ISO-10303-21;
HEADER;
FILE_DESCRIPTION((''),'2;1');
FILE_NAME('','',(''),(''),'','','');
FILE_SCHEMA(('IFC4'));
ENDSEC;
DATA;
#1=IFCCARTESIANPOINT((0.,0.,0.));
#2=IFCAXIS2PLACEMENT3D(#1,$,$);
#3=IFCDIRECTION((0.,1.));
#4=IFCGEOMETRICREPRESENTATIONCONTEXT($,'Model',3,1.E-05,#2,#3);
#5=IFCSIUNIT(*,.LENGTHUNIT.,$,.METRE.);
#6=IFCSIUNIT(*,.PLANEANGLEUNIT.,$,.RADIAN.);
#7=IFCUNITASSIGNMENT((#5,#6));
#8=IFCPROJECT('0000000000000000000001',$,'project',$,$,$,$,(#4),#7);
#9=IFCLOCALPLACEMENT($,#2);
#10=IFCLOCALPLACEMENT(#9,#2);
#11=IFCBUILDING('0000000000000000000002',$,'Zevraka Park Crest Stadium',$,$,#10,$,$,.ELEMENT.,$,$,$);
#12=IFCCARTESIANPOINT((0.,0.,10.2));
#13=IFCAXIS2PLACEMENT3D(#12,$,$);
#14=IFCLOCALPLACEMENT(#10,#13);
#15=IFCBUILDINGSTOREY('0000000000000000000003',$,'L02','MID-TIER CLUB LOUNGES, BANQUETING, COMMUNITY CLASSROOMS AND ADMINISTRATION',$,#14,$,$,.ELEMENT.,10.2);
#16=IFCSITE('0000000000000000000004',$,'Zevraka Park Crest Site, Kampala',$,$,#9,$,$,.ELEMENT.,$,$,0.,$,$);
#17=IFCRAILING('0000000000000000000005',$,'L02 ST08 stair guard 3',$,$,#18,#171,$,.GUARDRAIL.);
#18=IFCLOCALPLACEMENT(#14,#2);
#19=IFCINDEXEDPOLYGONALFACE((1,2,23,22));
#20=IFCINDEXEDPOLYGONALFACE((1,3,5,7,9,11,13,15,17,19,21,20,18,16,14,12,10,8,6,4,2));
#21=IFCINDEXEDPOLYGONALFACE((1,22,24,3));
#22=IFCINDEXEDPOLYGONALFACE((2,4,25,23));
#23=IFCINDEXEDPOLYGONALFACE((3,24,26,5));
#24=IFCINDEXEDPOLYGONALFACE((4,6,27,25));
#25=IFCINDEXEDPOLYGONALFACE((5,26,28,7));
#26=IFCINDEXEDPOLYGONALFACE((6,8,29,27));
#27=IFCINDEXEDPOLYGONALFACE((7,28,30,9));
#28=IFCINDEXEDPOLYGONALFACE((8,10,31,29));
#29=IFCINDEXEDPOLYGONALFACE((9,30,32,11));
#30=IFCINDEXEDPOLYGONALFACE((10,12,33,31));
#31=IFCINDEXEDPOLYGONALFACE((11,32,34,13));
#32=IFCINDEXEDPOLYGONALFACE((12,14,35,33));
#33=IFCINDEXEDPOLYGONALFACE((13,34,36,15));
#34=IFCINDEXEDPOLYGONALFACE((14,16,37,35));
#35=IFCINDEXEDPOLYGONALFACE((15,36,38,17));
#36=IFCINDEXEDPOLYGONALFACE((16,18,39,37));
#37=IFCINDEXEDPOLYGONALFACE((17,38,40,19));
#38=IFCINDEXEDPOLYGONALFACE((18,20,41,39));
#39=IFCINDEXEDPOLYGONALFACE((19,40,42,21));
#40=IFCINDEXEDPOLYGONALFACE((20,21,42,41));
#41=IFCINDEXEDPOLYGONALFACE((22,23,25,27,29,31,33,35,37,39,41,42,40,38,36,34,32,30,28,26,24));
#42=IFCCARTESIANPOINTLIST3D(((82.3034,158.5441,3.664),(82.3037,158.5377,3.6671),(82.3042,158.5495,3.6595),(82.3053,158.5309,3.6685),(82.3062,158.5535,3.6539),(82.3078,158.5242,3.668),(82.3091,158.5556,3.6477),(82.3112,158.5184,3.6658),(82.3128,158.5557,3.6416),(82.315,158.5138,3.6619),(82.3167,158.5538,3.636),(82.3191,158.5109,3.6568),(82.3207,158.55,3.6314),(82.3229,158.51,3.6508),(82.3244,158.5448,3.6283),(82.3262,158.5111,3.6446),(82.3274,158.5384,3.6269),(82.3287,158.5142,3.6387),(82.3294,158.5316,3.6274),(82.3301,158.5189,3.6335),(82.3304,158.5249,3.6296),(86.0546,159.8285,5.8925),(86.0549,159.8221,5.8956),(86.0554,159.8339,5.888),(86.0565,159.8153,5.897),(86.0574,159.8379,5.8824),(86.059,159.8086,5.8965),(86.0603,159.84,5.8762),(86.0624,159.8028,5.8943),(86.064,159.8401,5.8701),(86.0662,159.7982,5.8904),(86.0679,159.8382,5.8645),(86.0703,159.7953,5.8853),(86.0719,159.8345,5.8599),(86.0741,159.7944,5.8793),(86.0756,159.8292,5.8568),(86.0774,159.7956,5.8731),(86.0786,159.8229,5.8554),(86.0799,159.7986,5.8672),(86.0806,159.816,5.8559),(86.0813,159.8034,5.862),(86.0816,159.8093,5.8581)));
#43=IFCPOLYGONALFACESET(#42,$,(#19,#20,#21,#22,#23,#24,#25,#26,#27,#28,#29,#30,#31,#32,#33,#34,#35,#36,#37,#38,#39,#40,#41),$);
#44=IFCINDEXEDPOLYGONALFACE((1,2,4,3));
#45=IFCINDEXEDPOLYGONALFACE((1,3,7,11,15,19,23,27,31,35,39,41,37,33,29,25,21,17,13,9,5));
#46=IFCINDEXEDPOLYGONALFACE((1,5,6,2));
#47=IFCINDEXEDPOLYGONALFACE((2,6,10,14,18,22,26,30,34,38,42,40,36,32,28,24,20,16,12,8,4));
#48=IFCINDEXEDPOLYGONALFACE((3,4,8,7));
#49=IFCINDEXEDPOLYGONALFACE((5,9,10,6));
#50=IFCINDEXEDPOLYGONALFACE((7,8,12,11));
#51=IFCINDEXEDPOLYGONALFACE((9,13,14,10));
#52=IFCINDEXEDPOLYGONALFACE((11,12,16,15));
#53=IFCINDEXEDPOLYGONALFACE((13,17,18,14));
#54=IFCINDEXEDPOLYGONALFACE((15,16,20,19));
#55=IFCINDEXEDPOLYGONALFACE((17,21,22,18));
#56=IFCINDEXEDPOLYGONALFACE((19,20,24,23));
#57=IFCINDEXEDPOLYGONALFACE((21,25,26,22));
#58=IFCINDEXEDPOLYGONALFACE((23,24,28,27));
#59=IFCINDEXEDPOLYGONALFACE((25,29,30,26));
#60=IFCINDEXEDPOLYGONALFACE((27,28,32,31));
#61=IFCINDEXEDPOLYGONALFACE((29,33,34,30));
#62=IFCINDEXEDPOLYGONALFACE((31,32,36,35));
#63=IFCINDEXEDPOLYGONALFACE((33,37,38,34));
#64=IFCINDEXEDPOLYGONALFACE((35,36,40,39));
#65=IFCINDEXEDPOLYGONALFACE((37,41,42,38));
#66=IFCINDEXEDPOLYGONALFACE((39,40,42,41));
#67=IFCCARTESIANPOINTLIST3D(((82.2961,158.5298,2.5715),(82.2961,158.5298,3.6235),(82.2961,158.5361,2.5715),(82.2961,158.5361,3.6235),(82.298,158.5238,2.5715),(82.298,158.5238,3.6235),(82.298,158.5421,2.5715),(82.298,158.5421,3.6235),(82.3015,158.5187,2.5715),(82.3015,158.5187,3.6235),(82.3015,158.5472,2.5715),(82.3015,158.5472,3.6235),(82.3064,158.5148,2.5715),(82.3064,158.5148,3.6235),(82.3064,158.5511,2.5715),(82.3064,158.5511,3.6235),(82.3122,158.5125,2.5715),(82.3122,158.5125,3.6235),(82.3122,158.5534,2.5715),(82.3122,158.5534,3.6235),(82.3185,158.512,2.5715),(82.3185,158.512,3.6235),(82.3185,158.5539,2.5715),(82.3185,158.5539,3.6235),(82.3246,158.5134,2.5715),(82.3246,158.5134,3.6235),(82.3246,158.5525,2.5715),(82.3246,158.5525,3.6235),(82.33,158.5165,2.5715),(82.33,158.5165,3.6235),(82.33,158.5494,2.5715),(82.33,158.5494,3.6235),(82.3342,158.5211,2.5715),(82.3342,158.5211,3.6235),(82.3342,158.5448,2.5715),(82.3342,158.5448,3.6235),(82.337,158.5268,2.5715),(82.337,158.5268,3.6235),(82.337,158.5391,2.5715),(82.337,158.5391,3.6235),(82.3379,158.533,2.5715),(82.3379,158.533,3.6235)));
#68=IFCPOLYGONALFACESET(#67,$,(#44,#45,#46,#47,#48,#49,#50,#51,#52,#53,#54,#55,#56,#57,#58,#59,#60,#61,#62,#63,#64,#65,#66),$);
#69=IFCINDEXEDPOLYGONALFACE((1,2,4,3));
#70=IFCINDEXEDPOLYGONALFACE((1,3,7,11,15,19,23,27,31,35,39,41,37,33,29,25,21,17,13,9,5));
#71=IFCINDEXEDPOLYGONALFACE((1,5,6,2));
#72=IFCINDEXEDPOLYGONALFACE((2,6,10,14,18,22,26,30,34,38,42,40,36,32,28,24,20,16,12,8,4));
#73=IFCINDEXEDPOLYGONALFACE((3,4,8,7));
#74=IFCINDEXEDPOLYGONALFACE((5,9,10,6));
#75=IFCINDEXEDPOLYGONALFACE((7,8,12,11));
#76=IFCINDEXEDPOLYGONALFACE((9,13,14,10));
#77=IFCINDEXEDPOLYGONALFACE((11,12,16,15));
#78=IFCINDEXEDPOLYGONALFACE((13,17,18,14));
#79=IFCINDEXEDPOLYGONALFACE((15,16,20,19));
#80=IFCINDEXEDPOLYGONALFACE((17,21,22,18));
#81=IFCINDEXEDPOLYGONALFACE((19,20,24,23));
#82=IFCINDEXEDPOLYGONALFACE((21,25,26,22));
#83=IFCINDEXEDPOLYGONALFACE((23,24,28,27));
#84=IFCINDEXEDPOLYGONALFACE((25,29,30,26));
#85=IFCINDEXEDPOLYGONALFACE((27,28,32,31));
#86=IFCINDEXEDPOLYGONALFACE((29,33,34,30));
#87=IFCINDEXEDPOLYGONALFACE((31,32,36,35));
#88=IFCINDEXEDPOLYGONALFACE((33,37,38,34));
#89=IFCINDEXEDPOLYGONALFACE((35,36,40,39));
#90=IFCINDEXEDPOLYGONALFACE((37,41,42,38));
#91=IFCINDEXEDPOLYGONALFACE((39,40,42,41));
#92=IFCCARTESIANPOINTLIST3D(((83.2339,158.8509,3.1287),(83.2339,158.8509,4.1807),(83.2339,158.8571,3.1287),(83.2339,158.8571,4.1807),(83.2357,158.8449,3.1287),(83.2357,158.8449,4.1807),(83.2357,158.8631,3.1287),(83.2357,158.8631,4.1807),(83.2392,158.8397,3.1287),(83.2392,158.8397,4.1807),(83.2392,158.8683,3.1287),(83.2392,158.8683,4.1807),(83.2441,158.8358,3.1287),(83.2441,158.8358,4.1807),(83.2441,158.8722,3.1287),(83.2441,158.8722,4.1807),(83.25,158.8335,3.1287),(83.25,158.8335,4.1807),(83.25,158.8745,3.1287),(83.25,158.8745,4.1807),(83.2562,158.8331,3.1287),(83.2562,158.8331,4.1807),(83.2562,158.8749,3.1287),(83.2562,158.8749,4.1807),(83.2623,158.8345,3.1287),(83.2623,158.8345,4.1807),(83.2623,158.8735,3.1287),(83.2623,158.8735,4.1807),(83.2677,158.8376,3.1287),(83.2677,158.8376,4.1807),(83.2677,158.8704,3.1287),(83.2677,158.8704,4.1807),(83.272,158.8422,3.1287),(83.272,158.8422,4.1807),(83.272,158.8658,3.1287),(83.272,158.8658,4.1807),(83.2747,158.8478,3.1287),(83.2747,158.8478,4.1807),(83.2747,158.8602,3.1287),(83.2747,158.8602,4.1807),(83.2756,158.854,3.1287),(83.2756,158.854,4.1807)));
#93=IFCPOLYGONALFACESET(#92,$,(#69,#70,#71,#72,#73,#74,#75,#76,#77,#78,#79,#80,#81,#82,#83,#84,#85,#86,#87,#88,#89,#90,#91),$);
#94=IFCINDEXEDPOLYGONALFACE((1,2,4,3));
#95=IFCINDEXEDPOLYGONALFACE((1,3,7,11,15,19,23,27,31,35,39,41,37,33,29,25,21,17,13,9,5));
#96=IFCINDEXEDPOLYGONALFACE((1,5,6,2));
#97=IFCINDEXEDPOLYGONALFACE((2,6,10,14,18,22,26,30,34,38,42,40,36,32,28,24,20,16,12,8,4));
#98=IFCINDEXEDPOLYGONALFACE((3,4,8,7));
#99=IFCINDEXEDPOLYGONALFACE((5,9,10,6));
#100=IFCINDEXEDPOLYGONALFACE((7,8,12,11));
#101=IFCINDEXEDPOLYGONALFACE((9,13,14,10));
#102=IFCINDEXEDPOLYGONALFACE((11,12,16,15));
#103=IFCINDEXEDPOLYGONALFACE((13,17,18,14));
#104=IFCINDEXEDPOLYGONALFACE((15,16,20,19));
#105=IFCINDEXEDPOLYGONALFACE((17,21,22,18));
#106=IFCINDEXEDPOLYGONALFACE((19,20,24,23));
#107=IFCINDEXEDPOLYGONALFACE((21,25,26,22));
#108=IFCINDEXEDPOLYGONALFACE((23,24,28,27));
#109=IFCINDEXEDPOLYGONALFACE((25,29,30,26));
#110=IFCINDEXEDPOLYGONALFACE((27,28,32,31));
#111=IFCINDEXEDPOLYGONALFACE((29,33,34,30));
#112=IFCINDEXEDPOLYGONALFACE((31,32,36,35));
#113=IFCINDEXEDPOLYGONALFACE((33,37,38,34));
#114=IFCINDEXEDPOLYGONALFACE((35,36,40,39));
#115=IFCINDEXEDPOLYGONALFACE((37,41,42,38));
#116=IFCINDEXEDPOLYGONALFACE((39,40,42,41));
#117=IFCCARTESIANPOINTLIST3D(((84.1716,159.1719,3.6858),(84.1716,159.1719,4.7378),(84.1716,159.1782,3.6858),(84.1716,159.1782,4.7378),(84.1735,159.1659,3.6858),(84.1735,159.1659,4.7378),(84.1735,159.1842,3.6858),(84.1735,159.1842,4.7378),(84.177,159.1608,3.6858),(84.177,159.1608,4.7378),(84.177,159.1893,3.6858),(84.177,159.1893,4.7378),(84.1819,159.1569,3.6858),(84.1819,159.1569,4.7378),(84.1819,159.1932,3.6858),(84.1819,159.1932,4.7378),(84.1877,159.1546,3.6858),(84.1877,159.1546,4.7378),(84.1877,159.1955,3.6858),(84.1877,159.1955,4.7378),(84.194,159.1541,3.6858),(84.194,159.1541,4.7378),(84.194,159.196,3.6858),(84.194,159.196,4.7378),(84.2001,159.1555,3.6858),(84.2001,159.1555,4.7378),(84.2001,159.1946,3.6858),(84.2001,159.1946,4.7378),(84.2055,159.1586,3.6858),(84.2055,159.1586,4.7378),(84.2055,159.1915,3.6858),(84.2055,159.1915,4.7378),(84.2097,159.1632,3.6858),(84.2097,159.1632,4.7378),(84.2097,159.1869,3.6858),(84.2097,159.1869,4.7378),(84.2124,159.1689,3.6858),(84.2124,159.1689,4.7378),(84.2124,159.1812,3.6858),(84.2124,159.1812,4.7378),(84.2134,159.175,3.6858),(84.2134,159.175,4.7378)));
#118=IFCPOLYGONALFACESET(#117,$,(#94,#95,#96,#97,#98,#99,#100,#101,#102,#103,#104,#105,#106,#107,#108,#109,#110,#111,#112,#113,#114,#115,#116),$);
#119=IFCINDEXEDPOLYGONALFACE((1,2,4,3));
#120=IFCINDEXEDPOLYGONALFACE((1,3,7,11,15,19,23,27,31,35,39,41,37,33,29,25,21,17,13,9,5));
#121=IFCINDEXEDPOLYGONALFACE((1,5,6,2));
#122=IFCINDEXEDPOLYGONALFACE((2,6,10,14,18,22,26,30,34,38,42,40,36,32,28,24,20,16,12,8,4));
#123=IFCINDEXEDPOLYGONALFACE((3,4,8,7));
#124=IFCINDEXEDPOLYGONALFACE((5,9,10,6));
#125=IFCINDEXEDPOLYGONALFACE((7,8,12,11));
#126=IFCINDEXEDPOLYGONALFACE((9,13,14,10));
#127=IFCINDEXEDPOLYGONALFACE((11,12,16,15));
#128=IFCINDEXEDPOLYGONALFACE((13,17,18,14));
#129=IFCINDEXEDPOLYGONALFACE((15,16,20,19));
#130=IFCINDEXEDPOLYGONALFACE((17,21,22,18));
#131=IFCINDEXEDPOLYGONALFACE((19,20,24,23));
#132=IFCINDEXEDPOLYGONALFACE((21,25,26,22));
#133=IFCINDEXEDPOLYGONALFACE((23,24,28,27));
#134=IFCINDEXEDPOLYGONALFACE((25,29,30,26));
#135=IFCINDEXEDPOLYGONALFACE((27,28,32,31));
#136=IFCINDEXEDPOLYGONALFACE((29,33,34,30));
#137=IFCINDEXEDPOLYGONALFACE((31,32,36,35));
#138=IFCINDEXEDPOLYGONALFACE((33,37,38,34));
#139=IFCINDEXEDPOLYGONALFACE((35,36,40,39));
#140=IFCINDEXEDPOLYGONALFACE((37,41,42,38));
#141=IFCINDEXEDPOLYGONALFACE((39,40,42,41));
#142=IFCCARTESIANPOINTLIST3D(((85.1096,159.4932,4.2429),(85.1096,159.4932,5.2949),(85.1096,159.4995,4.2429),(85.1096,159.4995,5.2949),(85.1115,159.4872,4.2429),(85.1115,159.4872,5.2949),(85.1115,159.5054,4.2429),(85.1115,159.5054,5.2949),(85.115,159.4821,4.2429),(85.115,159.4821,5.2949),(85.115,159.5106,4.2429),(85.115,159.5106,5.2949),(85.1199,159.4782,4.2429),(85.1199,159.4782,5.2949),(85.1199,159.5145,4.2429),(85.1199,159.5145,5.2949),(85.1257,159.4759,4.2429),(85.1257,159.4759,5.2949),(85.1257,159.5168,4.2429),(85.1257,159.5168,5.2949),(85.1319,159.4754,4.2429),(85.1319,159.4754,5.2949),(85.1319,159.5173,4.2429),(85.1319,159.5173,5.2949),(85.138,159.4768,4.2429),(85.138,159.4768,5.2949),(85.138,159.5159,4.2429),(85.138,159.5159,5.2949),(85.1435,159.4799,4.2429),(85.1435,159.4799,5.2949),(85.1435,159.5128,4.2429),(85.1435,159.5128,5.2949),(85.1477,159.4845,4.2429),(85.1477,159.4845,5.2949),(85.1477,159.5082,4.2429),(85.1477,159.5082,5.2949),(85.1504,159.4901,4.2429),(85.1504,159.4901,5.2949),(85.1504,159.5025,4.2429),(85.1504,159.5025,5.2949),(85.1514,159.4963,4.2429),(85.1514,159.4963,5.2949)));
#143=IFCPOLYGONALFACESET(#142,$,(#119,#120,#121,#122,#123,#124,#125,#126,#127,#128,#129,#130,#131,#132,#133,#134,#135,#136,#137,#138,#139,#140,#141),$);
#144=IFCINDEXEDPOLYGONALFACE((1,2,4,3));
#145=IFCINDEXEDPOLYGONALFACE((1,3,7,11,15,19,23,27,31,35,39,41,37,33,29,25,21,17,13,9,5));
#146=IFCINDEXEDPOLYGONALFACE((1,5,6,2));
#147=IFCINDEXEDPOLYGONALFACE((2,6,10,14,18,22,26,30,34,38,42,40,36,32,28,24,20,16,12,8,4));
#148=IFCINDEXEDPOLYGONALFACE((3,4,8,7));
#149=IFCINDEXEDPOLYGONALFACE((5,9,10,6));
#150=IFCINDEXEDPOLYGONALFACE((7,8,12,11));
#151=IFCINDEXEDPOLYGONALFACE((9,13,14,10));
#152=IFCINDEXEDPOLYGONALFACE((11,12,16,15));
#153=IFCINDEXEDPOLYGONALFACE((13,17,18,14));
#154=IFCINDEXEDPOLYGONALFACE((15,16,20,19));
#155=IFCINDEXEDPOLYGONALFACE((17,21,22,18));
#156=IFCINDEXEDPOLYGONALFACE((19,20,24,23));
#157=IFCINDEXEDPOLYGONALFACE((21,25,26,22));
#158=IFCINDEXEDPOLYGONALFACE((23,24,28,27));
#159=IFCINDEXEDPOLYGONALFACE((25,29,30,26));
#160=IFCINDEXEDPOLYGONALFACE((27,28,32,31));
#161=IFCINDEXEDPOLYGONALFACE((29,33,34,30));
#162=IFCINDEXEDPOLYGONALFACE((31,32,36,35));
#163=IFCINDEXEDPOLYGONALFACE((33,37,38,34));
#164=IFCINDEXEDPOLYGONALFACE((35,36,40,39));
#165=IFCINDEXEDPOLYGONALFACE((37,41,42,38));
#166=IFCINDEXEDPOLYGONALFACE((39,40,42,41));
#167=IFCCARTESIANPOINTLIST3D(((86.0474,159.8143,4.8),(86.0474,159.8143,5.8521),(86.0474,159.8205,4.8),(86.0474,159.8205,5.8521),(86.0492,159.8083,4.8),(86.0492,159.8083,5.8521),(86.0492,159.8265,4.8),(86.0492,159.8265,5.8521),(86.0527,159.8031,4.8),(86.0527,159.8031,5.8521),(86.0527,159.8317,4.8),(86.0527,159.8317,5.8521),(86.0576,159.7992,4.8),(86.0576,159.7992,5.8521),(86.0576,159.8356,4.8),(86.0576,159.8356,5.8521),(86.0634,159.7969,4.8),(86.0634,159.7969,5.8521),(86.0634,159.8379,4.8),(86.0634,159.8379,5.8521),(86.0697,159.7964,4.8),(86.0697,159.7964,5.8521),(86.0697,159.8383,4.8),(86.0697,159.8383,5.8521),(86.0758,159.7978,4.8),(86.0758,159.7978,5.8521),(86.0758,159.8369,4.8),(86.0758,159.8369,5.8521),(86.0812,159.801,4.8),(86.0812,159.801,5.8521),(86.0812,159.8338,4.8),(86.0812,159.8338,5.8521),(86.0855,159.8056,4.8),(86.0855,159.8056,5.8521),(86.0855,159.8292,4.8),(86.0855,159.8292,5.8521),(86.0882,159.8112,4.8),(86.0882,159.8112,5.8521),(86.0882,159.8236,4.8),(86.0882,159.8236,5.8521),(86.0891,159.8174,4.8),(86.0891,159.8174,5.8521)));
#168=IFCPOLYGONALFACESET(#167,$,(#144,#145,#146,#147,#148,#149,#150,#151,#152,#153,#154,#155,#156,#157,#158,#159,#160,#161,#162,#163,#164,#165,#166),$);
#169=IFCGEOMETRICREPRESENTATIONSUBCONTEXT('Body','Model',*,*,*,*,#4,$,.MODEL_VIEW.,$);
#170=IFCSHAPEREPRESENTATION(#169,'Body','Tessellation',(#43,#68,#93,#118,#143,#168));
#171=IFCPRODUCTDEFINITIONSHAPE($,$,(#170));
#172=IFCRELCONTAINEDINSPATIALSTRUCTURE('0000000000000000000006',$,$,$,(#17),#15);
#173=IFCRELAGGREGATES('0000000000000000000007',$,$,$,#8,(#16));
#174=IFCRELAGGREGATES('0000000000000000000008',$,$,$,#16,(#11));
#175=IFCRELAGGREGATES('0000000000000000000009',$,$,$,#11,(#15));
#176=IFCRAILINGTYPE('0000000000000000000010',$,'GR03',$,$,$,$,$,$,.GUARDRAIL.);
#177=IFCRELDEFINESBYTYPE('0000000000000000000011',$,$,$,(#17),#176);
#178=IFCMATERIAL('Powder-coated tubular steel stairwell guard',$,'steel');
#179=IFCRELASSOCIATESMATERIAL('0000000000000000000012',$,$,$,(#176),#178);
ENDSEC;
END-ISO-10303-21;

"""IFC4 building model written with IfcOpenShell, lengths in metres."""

from ifc_helpers import new_model, si_unit, direction, frame, origin, origin_2d, place, context, subcontext, project, spatial, circle, extrude, material, type_object, element, save


model = new_model("IFC4")

# Units and contexts
model_context = context("Model", 3, precision=1e-05, world=origin(), true_north=direction((0.0, 1.0)))
body_context = subcontext(model_context, "Body", "Model", "MODEL_VIEW")
ifc_project = project(units=[si_unit("LENGTHUNIT", "METRE"), si_unit("PLANEANGLEUNIT", "RADIAN")], contexts=[model_context])

# Site, building, storey
site_placement = place(None, origin())
site = spatial("IfcSite", under=ifc_project, at=site_placement, Name="Zevraka Park Crest Site, Kampala", CompositionType="ELEMENT", RefElevation=0.0)
building_placement = place(site_placement, origin())
building = spatial("IfcBuilding", under=site, at=building_placement, Name="Zevraka Park Crest Stadium", CompositionType="ELEMENT")
storey_placement = place(building_placement, frame((0.0, 0.0, 10.2)))
storey = spatial("IfcBuildingStorey", under=building, at=storey_placement, Name="L02", Description="MID-TIER CLUB LOUNGES, BANQUETING, COMMUNITY CLASSROOMS AND ADMINISTRATION", CompositionType="ELEMENT", Elevation=10.2)

# Railing
ifc_material_1 = material(Name="Powder-coated tubular steel stairwell guard", Category="steel")
railing_type_1 = type_object("IfcRailingType", Name="GR03", PredefinedType="GUARDRAIL", material=ifc_material_1)
railing_1_placement = place(storey_placement, frame((82.3169, 158.533, 2.5715)))
element("IfcRailing", 1, at=railing_1_placement, inside=storey, type_object=railing_type_1, Name="L02 ST08 stair guard 3", PredefinedType="GUARDRAIL", context=body_context, shape_type="SweptSolid", body=[
    extrude(circle(Radius=0.0239, at=origin_2d()), frame((0.0, 0.0, 1.0762), z_axis=(0.824739, 0.282392, 0.489959), x_axis=(-0.323939, 0.946078, 0.0)), (0.0, 0.0, 1.0), 4.5483),
    extrude(circle(Radius=0.021, at=origin_2d()), origin(), (0.0, 0.0, 1.0), 1.052),
    extrude(circle(Radius=0.021, at=origin_2d()), frame((0.9377, 0.321, 0.5571)), (0.0, 0.0, 1.0), 1.052),
    extrude(circle(Radius=0.021, at=origin_2d()), frame((1.8755, 0.6421, 1.1143)), (0.0, 0.0, 1.0), 1.052),
    extrude(circle(Radius=0.021, at=origin_2d()), frame((2.8135, 0.9634, 1.6714)), (0.0, 0.0, 1.0), 1.052),
    extrude(circle(Radius=0.021, at=origin_2d()), frame((3.7512, 1.2844, 2.2285)), (0.0, 0.0, 1.0), 1.052),
])

save(model, "model.ifc")
